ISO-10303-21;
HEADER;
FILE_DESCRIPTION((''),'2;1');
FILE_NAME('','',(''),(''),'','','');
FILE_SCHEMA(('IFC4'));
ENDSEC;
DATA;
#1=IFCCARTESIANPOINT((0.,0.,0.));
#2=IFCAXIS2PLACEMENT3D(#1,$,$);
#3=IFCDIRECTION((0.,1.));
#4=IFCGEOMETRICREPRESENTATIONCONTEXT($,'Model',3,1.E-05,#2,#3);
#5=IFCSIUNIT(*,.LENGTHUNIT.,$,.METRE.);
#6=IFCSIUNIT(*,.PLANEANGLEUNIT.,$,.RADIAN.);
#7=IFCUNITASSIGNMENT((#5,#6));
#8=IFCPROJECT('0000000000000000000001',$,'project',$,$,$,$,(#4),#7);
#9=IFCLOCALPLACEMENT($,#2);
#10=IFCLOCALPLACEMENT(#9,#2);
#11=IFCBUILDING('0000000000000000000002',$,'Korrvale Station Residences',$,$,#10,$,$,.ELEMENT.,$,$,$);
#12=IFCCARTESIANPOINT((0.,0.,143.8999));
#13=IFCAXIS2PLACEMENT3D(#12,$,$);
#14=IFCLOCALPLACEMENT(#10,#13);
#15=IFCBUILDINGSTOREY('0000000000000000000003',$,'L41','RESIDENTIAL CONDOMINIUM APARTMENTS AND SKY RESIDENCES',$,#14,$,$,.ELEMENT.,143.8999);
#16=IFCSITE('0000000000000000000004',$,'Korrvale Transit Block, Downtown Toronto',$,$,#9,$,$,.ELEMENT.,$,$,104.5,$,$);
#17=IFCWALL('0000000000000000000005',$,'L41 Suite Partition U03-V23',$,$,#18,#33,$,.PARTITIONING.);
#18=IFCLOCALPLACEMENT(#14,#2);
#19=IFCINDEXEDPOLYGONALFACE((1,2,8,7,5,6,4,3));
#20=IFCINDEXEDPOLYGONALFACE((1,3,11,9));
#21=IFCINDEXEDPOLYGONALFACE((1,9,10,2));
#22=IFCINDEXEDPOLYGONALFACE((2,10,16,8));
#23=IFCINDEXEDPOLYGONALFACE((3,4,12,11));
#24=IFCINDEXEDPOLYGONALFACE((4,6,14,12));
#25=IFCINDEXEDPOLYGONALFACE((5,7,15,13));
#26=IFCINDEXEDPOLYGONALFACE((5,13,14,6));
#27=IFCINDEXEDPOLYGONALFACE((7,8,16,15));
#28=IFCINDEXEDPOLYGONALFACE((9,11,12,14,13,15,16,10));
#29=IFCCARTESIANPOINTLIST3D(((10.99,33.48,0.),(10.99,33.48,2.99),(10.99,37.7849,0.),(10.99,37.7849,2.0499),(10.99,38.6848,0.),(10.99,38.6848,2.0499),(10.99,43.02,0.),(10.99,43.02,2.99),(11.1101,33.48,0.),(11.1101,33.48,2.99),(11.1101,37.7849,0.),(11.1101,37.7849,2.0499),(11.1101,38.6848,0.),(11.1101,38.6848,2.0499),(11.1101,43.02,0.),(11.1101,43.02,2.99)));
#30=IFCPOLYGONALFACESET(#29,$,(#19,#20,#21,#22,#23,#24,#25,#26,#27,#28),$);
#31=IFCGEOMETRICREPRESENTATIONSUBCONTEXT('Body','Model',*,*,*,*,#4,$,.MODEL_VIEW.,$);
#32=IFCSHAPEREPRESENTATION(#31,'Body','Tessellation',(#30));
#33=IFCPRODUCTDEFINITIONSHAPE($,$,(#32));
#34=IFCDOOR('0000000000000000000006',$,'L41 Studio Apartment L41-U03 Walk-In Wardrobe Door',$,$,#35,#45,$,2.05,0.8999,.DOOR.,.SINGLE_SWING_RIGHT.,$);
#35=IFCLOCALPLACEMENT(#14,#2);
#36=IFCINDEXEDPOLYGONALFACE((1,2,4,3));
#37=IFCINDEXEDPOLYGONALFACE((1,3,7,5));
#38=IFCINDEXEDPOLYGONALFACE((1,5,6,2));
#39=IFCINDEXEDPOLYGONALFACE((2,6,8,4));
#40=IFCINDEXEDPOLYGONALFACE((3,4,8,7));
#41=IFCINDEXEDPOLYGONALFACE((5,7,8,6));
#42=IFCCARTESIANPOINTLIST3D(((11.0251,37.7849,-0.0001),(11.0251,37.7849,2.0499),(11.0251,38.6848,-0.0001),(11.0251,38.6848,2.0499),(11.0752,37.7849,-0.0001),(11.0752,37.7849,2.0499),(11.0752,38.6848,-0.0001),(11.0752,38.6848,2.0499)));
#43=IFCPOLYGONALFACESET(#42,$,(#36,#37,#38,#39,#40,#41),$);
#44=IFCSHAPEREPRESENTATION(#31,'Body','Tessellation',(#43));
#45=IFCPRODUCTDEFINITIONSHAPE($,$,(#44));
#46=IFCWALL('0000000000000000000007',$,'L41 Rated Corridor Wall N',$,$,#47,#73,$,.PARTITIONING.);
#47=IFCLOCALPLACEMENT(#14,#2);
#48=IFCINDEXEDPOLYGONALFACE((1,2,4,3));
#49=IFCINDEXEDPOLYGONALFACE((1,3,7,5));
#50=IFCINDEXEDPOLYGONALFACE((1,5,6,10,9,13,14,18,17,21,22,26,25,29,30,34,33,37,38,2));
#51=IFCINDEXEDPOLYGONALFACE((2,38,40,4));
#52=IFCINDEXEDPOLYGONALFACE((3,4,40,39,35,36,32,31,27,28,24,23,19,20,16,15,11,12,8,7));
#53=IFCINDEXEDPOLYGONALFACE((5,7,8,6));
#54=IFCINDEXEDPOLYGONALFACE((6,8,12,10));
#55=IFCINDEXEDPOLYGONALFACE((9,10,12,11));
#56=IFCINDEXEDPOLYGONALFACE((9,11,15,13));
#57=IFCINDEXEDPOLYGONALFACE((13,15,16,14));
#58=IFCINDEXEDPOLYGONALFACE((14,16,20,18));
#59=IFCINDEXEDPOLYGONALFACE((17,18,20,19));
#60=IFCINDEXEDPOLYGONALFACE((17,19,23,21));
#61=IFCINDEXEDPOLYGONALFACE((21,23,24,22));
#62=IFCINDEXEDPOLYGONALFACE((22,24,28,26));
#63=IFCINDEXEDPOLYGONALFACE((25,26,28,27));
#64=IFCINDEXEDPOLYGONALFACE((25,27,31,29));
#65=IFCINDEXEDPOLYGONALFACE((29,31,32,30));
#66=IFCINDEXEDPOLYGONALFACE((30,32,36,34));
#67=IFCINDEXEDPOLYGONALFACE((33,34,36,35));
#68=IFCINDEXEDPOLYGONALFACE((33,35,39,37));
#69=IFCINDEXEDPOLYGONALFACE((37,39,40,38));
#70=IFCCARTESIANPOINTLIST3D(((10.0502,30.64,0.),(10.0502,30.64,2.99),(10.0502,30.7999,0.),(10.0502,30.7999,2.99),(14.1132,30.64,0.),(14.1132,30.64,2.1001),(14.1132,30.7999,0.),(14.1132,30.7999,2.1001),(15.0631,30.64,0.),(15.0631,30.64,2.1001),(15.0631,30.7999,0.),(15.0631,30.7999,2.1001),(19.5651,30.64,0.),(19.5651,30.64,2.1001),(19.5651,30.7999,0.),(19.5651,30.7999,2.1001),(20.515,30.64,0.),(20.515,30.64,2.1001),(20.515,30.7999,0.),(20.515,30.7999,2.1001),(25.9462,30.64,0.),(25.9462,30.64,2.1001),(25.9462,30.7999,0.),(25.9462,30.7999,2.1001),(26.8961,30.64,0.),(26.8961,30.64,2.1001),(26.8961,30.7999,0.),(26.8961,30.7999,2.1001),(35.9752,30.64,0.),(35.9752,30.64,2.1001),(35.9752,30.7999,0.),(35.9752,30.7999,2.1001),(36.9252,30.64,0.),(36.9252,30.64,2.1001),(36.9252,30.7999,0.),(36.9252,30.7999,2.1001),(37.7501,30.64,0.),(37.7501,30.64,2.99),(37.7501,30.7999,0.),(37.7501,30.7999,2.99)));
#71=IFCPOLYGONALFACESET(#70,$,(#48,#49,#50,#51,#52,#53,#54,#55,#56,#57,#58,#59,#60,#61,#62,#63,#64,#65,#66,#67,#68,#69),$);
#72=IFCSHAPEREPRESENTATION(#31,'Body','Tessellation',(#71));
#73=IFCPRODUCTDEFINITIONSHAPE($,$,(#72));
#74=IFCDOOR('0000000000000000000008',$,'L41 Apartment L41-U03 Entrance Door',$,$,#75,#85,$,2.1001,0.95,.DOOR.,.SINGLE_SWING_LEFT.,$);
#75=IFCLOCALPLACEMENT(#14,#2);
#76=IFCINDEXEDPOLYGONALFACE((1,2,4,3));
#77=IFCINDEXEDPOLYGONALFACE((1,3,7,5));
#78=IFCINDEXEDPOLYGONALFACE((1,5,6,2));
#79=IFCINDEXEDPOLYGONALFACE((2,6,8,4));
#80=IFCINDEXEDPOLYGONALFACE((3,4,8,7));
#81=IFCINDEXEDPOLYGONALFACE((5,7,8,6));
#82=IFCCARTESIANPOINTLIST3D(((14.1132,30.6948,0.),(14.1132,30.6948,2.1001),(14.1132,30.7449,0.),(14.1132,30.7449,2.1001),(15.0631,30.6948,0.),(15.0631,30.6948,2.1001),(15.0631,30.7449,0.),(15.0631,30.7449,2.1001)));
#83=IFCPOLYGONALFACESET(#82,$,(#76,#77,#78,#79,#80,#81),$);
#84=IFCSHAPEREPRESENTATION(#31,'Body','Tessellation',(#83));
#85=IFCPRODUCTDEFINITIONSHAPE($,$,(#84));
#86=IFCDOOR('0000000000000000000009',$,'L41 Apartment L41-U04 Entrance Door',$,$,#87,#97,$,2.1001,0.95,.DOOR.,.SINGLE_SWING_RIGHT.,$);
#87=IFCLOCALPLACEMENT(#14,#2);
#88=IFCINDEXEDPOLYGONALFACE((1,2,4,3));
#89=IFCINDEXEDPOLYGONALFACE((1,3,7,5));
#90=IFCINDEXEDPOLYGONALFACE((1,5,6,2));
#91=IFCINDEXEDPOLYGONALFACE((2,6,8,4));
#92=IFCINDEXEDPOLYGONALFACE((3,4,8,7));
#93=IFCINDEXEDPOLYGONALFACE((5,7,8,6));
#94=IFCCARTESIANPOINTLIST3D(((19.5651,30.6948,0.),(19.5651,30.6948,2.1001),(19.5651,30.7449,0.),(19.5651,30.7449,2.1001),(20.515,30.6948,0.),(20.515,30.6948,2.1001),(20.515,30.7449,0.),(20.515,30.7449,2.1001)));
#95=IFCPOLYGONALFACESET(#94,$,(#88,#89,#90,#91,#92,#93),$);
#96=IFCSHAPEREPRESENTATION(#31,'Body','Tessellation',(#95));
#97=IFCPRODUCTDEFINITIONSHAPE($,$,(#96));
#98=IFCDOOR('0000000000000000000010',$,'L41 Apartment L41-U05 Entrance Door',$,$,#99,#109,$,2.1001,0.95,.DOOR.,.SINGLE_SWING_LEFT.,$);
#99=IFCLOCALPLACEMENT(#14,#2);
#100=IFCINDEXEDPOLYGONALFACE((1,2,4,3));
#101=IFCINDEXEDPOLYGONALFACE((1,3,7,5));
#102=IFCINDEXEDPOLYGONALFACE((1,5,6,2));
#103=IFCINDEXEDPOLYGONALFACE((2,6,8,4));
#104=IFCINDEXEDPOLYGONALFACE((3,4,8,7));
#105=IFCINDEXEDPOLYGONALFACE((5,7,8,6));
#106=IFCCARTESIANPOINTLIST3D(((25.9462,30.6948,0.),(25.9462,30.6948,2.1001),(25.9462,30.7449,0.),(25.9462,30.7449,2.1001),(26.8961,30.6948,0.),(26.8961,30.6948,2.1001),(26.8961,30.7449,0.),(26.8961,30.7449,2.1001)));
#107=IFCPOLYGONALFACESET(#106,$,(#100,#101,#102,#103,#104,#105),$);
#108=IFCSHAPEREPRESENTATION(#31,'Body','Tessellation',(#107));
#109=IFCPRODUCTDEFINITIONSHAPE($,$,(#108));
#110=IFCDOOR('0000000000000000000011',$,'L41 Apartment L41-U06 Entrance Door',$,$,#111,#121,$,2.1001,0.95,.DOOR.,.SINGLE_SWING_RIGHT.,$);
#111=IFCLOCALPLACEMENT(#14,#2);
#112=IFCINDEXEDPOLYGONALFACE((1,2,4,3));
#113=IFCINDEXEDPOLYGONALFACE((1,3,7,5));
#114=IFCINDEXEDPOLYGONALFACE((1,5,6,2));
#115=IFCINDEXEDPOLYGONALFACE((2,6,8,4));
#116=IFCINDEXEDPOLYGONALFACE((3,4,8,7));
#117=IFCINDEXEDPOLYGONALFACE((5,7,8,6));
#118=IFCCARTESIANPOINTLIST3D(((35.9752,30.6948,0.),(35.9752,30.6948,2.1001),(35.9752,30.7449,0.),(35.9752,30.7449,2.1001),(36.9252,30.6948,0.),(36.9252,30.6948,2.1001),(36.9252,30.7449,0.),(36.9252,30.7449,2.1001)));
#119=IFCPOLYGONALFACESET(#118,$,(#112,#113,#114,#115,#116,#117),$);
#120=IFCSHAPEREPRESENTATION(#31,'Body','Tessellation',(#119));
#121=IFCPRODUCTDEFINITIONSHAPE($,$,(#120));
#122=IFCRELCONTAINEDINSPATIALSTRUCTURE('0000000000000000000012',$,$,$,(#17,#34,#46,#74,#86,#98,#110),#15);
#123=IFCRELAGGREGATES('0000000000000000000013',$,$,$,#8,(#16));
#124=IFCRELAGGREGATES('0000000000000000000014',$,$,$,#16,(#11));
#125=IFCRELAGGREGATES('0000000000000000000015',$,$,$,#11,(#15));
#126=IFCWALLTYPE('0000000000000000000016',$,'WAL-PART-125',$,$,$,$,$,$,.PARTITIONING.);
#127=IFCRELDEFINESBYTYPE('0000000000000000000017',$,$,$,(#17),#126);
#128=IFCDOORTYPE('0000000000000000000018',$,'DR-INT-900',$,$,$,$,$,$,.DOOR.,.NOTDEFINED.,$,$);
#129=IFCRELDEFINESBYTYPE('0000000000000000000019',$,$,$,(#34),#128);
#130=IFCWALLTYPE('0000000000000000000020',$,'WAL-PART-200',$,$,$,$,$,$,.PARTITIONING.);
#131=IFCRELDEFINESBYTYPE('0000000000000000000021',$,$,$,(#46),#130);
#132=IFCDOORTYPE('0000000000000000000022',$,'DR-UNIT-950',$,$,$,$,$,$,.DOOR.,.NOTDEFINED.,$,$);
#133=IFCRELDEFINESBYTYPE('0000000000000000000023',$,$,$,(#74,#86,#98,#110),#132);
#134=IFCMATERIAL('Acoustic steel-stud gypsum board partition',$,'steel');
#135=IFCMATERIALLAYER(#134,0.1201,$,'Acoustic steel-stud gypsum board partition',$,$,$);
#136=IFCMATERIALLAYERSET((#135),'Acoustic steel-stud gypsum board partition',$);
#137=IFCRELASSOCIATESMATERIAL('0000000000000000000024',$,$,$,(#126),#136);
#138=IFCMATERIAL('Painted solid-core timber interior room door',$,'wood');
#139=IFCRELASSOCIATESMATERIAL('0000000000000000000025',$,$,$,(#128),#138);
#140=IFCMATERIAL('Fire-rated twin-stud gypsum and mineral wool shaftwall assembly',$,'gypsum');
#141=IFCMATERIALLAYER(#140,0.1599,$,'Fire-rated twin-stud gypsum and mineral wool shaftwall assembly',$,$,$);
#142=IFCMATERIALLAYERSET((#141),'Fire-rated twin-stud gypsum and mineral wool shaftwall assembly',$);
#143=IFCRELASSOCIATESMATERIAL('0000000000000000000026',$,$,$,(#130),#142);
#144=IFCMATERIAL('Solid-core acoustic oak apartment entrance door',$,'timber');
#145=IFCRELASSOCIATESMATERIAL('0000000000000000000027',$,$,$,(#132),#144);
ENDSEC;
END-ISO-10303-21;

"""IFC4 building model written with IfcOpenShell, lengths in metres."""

from ifc_helpers import new_model, si_unit, direction, frame, frame_2d, origin, place, context, subcontext, project, spatial, rectangle, extrude, material, layer, layer_set, type_object, element, fill, save


model = new_model("IFC4")

# Units and contexts
model_context = context("Model", 3, precision=1e-05, world=origin(), true_north=direction((0.0, 1.0)))
body_context = subcontext(model_context, "Body", "Model", "MODEL_VIEW")
ifc_project = project(units=[si_unit("LENGTHUNIT", "METRE"), si_unit("PLANEANGLEUNIT", "RADIAN")], contexts=[model_context])

# Site, building, storey
site_placement = place(None, origin())
site = spatial("IfcSite", under=ifc_project, at=site_placement, Name="Korrvale Transit Block, Downtown Toronto", CompositionType="ELEMENT", RefElevation=104.5)
building_placement = place(site_placement, origin())
building = spatial("IfcBuilding", under=site, at=building_placement, Name="Korrvale Station Residences", CompositionType="ELEMENT")
storey_placement = place(building_placement, frame((0.0, 0.0, 143.8999)))
storey = spatial("IfcBuildingStorey", under=building, at=storey_placement, Name="L41", Description="RESIDENTIAL CONDOMINIUM APARTMENTS AND SKY RESIDENCES", CompositionType="ELEMENT", Elevation=143.8999)

# Shared definitions
ifc_material_1 = material(Name="Acoustic steel-stud gypsum board partition", Category="steel")
ifc_layer_1 = layer(ifc_material_1, 0.1201, Name="Acoustic steel-stud gypsum board partition")
ifc_layer_set_1 = layer_set([ifc_layer_1], Name="Acoustic steel-stud gypsum board partition")
wall_type_1 = type_object("IfcWallType", Name="WAL-PART-125", PredefinedType="PARTITIONING", material=ifc_layer_set_1)

# Wall, opening, door
ifc_material_2 = material(Name="Painted solid-core timber interior room door", Category="wood")
door_type_1 = type_object("IfcDoorType", Name="DR-INT-900", OperationType="NOTDEFINED", PredefinedType="DOOR", material=ifc_material_2)
wall_1_placement = place(storey_placement, frame((11.05, 33.48, 0.0), z_axis=(0.0, 0.0, 1.0), x_axis=(0.0, 1.0, 0.0)))
wall_1 = element("IfcWall", 1, at=wall_1_placement, inside=storey, type_object=wall_type_1, Name="L41 Suite Partition U03-V23", PredefinedType="PARTITIONING", context=body_context, shape_type="SweptSolid", body=[
    extrude(rectangle(XDim=9.54, YDim=0.1201, at=frame_2d((4.77, 0.0))), origin(), (0.0, 0.0, 1.0), 2.99),
])
opening_1_placement = place(wall_1_placement, frame((4.3049, 0.0, 0.0)))
opening_1 = element("IfcOpeningElement", 2, at=opening_1_placement, cuts=wall_1, PredefinedType="OPENING", context=body_context, shape_type="SweptSolid", body=[
    extrude(rectangle(XDim=0.8999, YDim=2.05, at=frame_2d((0.45, 1.0249))), frame((0.0, 0.0701, 0.0), z_axis=(0.0, -1.0, 0.0), x_axis=(1.0, 0.0, 0.0)), (0.0, 0.0, 1.0), 0.1401),
])
door_1_placement = place(opening_1_placement, origin())
door_1 = element("IfcDoor", 3, at=door_1_placement, inside=storey, type_object=door_type_1, Name="L41 Studio Apartment L41-U03 Walk-In Wardrobe Door", OperationType="SINGLE_SWING_RIGHT", OverallHeight=2.05, OverallWidth=0.8999, PredefinedType="DOOR", context=body_context, shape_type="SweptSolid", body=[
    extrude(rectangle(XDim=0.8999, YDim=2.05, at=frame_2d((0.45, 1.0249))), frame((0.0, 0.0249, 0.0), z_axis=(0.0, -1.0, 0.0), x_axis=(1.0, 0.0, 0.0)), (0.0, 0.0, 1.0), 0.05),
])
fill(opening_1, door_1)

# Wall, openings, doors
ifc_material_3 = material(Name="Fire-rated twin-stud gypsum and mineral wool shaftwall assembly", Category="gypsum")
ifc_layer_2 = layer(ifc_material_3, 0.1599, Name="Fire-rated twin-stud gypsum and mineral wool shaftwall assembly")
ifc_layer_set_2 = layer_set([ifc_layer_2], Name="Fire-rated twin-stud gypsum and mineral wool shaftwall assembly")
wall_type_2 = type_object("IfcWallType", Name="WAL-PART-200", PredefinedType="PARTITIONING", material=ifc_layer_set_2)
wall_2_placement = place(storey_placement, frame((10.05, 30.72, 0.0), z_axis=(0.0, 0.0, 1.0), x_axis=(1.0, 0.0, 0.0)))
wall_2 = element("IfcWall", 4, at=wall_2_placement, inside=storey, type_object=wall_type_2, Name="L41 Rated Corridor Wall N", PredefinedType="PARTITIONING", context=body_context, shape_type="SweptSolid", body=[
    extrude(rectangle(XDim=27.7, YDim=0.1599, at=frame_2d((13.8501, 0.0))), origin(), (0.0, 0.0, 1.0), 2.99),
])
opening_2_placement = place(wall_2_placement, frame((4.063, 0.0, 0.0)))
opening_2 = element("IfcOpeningElement", 5, at=opening_2_placement, cuts=wall_2, PredefinedType="OPENING", context=body_context, shape_type="SweptSolid", body=[
    extrude(rectangle(XDim=0.95, YDim=2.1001, at=frame_2d((0.4751, 1.05))), frame((0.0, 0.0898, 0.0), z_axis=(0.0, -1.0, 0.0), x_axis=(1.0, 0.0, 0.0)), (0.0, 0.0, 1.0), 0.1799),
])
opening_3_placement = place(wall_2_placement, frame((9.5149, 0.0, 0.0)))
opening_3 = element("IfcOpeningElement", 6, at=opening_3_placement, cuts=wall_2, PredefinedType="OPENING", context=body_context, shape_type="SweptSolid", body=[
    extrude(rectangle(XDim=0.95, YDim=2.1001, at=frame_2d((0.4751, 1.05))), frame((0.0, 0.0898, 0.0), z_axis=(0.0, -1.0, 0.0), x_axis=(1.0, 0.0, 0.0)), (0.0, 0.0, 1.0), 0.1799),
])
opening_4_placement = place(wall_2_placement, frame((15.896, 0.0, 0.0)))
opening_4 = element("IfcOpeningElement", 7, at=opening_4_placement, cuts=wall_2, PredefinedType="OPENING", context=body_context, shape_type="SweptSolid", body=[
    extrude(rectangle(XDim=0.95, YDim=2.1001, at=frame_2d((0.4751, 1.05))), frame((0.0, 0.0898, 0.0), z_axis=(0.0, -1.0, 0.0), x_axis=(1.0, 0.0, 0.0)), (0.0, 0.0, 1.0), 0.1799),
])
opening_5_placement = place(wall_2_placement, frame((25.925, 0.0, 0.0)))
opening_5 = element("IfcOpeningElement", 8, at=opening_5_placement, cuts=wall_2, PredefinedType="OPENING", context=body_context, shape_type="SweptSolid", body=[
    extrude(rectangle(XDim=0.95, YDim=2.1001, at=frame_2d((0.4751, 1.05))), frame((0.0, 0.0898, 0.0), z_axis=(0.0, -1.0, 0.0), x_axis=(1.0, 0.0, 0.0)), (0.0, 0.0, 1.0), 0.1799),
])
ifc_material_4 = material(Name="Solid-core acoustic oak apartment entrance door", Category="timber")
door_type_2 = type_object("IfcDoorType", Name="DR-UNIT-950", OperationType="NOTDEFINED", PredefinedType="DOOR", material=ifc_material_4)
door_2_placement = place(opening_2_placement, origin())
door_2 = element("IfcDoor", 9, at=door_2_placement, inside=storey, type_object=door_type_2, Name="L41 Apartment L41-U03 Entrance Door", OperationType="SINGLE_SWING_LEFT", OverallHeight=2.1001, OverallWidth=0.95, PredefinedType="DOOR", context=body_context, shape_type="SweptSolid", body=[
    extrude(rectangle(XDim=0.95, YDim=2.1001, at=frame_2d((0.4751, 1.05))), frame((0.0, 0.0249, 0.0), z_axis=(0.0, -1.0, 0.0), x_axis=(1.0, 0.0, 0.0)), (0.0, 0.0, 1.0), 0.05),
])
fill(opening_2, door_2)
door_3_placement = place(opening_3_placement, origin())
door_3 = element("IfcDoor", 10, at=door_3_placement, inside=storey, type_object=door_type_2, Name="L41 Apartment L41-U04 Entrance Door", OperationType="SINGLE_SWING_RIGHT", OverallHeight=2.1001, OverallWidth=0.95, PredefinedType="DOOR", context=body_context, shape_type="SweptSolid", body=[
    extrude(rectangle(XDim=0.95, YDim=2.1001, at=frame_2d((0.4751, 1.05))), frame((0.0, 0.0249, 0.0), z_axis=(0.0, -1.0, 0.0), x_axis=(1.0, 0.0, 0.0)), (0.0, 0.0, 1.0), 0.05),
])
fill(opening_3, door_3)
door_4_placement = place(opening_4_placement, origin())
door_4 = element("IfcDoor", 11, at=door_4_placement, inside=storey, type_object=door_type_2, Name="L41 Apartment L41-U05 Entrance Door", OperationType="SINGLE_SWING_LEFT", OverallHeight=2.1001, OverallWidth=0.95, PredefinedType="DOOR", context=body_context, shape_type="SweptSolid", body=[
    extrude(rectangle(XDim=0.95, YDim=2.1001, at=frame_2d((0.4751, 1.05))), frame((0.0, 0.0249, 0.0), z_axis=(0.0, -1.0, 0.0), x_axis=(1.0, 0.0, 0.0)), (0.0, 0.0, 1.0), 0.05),
])
fill(opening_4, door_4)
door_5_placement = place(opening_5_placement, origin())
door_5 = element("IfcDoor", 12, at=door_5_placement, inside=storey, type_object=door_type_2, Name="L41 Apartment L41-U06 Entrance Door", OperationType="SINGLE_SWING_RIGHT", OverallHeight=2.1001, OverallWidth=0.95, PredefinedType="DOOR", context=body_context, shape_type="SweptSolid", body=[
    extrude(rectangle(XDim=0.95, YDim=2.1001, at=frame_2d((0.4751, 1.05))), frame((0.0, 0.0249, 0.0), z_axis=(0.0, -1.0, 0.0), x_axis=(1.0, 0.0, 0.0)), (0.0, 0.0, 1.0), 0.05),
])
fill(opening_5, door_5)

save(model, "model.ifc")
